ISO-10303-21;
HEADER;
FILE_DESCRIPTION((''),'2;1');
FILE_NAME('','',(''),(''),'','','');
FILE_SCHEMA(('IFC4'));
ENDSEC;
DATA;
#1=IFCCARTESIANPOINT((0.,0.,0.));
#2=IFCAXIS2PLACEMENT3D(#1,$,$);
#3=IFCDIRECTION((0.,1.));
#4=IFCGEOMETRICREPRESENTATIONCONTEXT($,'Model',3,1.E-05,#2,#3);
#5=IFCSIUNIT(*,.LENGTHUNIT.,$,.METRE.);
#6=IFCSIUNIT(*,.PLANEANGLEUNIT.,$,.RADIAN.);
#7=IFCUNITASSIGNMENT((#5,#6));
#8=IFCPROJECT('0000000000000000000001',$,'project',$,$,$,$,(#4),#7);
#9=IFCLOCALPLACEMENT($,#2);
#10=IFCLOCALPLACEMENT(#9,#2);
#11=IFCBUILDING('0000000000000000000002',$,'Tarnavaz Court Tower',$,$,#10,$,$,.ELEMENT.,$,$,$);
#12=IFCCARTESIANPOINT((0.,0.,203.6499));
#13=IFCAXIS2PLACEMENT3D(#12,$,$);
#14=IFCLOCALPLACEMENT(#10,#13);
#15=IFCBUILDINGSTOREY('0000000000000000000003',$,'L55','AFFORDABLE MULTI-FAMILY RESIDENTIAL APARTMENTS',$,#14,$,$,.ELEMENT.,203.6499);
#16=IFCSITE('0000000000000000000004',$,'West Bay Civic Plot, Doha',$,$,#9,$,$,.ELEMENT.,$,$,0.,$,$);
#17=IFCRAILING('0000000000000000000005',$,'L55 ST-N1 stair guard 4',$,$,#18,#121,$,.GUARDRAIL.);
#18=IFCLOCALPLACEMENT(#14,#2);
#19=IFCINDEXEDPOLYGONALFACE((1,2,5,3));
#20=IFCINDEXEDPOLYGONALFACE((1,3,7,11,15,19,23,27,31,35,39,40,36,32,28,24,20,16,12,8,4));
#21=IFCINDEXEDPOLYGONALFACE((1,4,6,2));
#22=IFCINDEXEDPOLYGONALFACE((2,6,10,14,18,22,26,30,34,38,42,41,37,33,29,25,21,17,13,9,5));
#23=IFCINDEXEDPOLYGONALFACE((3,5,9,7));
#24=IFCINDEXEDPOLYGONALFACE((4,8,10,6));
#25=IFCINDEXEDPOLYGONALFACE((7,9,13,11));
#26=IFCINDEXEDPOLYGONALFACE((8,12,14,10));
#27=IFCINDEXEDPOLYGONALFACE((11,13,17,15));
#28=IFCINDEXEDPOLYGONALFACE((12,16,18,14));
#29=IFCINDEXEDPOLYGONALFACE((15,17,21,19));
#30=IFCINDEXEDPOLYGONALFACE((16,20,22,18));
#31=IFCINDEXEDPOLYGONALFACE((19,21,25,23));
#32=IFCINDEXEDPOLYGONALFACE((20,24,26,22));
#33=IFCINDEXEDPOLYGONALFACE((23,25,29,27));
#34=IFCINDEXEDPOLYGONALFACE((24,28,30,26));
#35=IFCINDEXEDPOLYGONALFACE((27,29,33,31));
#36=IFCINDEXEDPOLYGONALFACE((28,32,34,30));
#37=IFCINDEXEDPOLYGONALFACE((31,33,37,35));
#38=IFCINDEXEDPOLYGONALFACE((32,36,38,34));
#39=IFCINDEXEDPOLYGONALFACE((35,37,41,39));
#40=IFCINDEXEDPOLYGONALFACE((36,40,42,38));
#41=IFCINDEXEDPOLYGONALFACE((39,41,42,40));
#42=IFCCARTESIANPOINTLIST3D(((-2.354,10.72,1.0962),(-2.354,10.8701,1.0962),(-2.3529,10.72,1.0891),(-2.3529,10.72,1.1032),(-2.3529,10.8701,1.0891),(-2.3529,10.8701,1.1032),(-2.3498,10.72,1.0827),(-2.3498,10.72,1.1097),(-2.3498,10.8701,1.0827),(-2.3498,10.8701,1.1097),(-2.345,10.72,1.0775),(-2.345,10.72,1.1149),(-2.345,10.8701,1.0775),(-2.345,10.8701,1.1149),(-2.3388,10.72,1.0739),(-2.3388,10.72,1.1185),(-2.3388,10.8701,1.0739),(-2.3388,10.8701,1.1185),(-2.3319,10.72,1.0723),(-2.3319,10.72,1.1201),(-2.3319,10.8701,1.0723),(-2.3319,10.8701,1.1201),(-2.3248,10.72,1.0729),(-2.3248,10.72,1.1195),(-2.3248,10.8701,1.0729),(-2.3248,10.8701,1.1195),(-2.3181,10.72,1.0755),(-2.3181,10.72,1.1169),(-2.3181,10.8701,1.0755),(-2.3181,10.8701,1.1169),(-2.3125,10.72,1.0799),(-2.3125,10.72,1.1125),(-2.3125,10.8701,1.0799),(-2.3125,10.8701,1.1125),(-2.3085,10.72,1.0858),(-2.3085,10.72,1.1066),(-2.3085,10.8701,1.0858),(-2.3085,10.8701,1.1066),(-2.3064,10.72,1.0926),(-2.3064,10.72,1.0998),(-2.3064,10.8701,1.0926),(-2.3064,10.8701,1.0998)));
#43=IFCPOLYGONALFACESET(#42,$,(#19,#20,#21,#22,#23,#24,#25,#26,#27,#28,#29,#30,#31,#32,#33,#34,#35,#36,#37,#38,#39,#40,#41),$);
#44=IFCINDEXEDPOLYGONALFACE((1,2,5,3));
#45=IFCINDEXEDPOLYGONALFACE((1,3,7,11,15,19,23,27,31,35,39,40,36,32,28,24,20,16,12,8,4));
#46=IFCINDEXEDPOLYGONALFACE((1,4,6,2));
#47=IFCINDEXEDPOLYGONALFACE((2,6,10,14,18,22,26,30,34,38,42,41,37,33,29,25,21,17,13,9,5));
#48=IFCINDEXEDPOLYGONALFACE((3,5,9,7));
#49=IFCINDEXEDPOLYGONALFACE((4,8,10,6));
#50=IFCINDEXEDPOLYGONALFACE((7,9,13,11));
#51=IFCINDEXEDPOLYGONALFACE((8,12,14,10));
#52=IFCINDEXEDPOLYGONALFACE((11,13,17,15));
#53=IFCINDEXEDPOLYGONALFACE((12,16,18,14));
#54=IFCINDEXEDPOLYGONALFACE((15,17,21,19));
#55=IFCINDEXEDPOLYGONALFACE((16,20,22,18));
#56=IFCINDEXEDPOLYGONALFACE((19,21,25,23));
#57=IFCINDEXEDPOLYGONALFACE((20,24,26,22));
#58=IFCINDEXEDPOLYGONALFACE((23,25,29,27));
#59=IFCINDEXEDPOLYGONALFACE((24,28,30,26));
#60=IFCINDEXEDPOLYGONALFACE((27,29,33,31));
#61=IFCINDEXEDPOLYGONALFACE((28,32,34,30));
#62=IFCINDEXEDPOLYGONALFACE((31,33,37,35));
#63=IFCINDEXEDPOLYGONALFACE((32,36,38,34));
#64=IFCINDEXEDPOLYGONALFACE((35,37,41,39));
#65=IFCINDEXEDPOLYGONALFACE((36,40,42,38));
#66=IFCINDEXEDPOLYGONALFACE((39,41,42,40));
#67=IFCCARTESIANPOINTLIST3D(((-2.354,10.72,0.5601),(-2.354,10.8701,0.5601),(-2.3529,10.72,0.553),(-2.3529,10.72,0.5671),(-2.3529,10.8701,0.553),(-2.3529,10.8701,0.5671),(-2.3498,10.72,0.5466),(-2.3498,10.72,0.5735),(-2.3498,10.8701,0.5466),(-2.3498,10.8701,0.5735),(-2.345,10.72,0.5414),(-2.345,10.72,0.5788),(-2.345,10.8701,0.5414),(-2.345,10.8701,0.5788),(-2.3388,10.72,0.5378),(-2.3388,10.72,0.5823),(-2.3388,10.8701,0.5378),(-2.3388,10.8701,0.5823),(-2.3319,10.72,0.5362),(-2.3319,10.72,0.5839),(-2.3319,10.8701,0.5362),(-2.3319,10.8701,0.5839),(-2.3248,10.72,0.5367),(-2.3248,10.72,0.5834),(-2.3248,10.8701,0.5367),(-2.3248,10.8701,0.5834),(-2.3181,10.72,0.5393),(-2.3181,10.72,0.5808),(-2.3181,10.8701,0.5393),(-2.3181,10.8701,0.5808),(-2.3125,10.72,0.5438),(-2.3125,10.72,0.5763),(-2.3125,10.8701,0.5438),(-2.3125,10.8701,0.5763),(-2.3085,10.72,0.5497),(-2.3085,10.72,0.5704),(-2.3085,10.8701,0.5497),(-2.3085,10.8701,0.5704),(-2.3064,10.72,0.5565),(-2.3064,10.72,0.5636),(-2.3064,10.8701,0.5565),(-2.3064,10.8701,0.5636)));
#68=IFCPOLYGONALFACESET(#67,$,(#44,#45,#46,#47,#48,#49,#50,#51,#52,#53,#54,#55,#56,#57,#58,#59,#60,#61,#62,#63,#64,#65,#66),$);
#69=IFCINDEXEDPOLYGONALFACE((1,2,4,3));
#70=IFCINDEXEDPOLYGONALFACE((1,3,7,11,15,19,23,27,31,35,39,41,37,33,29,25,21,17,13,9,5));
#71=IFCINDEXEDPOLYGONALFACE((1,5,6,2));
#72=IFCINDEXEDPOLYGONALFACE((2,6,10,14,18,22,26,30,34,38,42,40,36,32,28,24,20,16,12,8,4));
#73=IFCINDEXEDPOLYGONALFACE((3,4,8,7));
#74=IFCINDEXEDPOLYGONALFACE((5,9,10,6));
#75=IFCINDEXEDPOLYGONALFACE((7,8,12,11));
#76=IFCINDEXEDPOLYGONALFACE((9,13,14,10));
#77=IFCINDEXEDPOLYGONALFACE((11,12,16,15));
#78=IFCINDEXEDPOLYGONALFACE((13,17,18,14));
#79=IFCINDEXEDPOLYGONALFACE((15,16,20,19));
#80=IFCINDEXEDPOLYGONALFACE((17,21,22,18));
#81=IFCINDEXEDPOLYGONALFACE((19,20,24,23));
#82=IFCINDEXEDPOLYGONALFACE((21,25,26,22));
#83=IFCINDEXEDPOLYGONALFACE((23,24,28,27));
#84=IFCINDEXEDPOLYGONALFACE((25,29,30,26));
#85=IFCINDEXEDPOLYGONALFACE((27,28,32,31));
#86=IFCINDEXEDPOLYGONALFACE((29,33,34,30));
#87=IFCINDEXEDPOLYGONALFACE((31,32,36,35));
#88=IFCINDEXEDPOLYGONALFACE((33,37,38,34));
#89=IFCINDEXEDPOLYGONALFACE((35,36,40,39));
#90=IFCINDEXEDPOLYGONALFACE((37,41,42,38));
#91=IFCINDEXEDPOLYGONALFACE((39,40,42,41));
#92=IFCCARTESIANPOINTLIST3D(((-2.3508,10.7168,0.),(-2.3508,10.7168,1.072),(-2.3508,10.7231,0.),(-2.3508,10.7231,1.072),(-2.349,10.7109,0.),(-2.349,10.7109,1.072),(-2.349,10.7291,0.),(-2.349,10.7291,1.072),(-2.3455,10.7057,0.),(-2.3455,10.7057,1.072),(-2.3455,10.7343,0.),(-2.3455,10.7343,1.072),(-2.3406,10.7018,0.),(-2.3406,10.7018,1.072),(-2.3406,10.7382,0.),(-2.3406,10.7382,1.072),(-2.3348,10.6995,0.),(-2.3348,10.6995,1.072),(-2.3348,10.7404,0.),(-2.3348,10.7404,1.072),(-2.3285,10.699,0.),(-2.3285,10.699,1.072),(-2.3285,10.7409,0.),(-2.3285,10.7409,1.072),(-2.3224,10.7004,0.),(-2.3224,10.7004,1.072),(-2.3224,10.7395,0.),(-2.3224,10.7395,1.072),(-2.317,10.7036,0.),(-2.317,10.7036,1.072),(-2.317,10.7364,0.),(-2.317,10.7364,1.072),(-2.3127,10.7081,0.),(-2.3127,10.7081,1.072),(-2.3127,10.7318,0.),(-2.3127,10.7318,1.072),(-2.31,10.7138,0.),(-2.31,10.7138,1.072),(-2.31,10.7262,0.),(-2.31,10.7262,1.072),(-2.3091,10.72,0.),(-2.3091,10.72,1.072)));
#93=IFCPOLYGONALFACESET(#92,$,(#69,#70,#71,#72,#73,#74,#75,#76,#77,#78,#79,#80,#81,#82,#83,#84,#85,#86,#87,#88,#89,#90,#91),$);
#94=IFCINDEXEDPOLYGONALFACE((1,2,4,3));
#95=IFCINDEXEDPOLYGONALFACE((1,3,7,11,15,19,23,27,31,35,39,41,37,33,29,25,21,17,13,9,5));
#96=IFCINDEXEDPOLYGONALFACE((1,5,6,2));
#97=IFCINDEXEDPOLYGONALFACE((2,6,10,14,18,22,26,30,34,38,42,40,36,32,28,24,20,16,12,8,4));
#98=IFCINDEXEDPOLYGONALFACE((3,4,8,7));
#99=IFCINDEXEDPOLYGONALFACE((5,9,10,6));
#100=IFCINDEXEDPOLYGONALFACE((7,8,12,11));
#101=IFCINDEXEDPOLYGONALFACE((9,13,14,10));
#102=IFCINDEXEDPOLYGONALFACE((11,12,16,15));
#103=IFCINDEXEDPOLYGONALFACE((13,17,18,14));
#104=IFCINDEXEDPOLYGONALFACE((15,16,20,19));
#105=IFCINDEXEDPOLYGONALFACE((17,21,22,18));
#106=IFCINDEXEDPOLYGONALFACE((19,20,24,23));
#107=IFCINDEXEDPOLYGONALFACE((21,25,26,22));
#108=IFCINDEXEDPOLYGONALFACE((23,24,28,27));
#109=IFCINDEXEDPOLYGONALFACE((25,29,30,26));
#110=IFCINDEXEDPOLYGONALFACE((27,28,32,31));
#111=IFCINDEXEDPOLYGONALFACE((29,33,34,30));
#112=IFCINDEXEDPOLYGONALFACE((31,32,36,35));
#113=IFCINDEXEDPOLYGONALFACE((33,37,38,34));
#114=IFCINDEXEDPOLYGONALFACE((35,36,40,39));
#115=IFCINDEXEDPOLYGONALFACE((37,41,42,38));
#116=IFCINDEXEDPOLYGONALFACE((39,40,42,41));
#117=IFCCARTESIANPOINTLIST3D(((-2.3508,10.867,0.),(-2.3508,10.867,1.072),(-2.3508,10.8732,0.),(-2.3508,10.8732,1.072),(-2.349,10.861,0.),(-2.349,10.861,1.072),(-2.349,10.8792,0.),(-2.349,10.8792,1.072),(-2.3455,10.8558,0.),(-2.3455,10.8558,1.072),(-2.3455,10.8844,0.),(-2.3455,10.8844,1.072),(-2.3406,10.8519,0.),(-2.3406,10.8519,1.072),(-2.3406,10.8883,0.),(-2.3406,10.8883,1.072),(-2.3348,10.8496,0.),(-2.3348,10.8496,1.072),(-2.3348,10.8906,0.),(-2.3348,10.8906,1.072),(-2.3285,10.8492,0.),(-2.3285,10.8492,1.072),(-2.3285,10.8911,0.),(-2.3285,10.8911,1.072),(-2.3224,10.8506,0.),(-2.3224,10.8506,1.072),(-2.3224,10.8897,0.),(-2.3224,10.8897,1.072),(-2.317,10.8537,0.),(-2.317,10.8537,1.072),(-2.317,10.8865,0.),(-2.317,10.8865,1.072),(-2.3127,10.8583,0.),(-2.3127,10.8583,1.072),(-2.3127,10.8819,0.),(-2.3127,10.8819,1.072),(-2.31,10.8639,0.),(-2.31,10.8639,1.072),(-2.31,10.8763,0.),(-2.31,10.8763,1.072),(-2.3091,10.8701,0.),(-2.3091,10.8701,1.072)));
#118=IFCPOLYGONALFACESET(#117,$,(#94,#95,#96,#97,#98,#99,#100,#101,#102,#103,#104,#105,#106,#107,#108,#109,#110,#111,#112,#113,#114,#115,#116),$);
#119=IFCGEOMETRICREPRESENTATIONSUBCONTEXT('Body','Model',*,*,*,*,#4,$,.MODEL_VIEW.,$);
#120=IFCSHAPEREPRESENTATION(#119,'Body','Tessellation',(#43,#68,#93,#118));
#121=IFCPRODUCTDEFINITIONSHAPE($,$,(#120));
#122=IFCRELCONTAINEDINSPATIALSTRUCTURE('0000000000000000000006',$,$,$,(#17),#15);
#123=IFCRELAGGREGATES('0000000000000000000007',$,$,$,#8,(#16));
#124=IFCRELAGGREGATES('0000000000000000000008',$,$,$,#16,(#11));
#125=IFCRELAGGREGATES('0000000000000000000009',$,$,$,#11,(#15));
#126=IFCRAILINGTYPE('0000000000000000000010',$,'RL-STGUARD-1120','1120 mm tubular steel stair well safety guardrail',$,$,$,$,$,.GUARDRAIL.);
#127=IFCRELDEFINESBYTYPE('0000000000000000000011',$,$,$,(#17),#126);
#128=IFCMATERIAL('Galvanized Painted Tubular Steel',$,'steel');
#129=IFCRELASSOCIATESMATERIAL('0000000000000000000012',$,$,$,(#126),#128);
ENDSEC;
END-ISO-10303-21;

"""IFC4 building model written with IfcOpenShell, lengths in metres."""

from ifc_helpers import new_model, si_unit, direction, frame, origin, origin_2d, place, context, subcontext, project, spatial, circle, extrude, material, type_object, element, save


model = new_model("IFC4")

# Units and contexts
model_context = context("Model", 3, precision=1e-05, world=origin(), true_north=direction((0.0, 1.0)))
body_context = subcontext(model_context, "Body", "Model", "MODEL_VIEW")
ifc_project = project(units=[si_unit("LENGTHUNIT", "METRE"), si_unit("PLANEANGLEUNIT", "RADIAN")], contexts=[model_context])

# Site, building, storey
site_placement = place(None, origin())
site = spatial("IfcSite", under=ifc_project, at=site_placement, Name="West Bay Civic Plot, Doha", CompositionType="ELEMENT", RefElevation=0.0)
building_placement = place(site_placement, origin())
building = spatial("IfcBuilding", under=site, at=building_placement, Name="Tarnavaz Court Tower", CompositionType="ELEMENT")
storey_placement = place(building_placement, frame((0.0, 0.0, 203.6499)))
storey = spatial("IfcBuildingStorey", under=building, at=storey_placement, Name="L55", Description="AFFORDABLE MULTI-FAMILY RESIDENTIAL APARTMENTS", CompositionType="ELEMENT", Elevation=203.6499)

# Railing
ifc_material_1 = material(Name="Galvanized Painted Tubular Steel", Category="steel")
railing_type_1 = type_object("IfcRailingType", Name="RL-STGUARD-1120", Description="1120 mm tubular steel stair well safety guardrail", PredefinedType="GUARDRAIL", material=ifc_material_1)
railing_1_placement = place(storey_placement, frame((-2.3301, 10.72, 0.0)))
element("IfcRailing", 1, at=railing_1_placement, inside=storey, type_object=railing_type_1, Name="L55 ST-N1 stair guard 4", PredefinedType="GUARDRAIL", context=body_context, shape_type="SweptSolid", body=[
    extrude(circle(Radius=0.0239, at=origin_2d()), frame((0.0, 0.0, 1.0962), z_axis=(0.0, 1.0, 0.0), x_axis=(-1.0, 0.0, 0.0)), (0.0, 0.0, 1.0), 0.1501),
    extrude(circle(Radius=0.0239, at=origin_2d()), frame((0.0, 0.0, 0.5601), z_axis=(0.0, 1.0, 0.0), x_axis=(-1.0, 0.0, 0.0)), (0.0, 0.0, 1.0), 0.1501),
    extrude(circle(Radius=0.021, at=origin_2d()), origin(), (0.0, 0.0, 1.0), 1.072),
    extrude(circle(Radius=0.021, at=origin_2d()), frame((0.0, 0.1501, 0.0)), (0.0, 0.0, 1.0), 1.072),
])

save(model, "model.ifc")
